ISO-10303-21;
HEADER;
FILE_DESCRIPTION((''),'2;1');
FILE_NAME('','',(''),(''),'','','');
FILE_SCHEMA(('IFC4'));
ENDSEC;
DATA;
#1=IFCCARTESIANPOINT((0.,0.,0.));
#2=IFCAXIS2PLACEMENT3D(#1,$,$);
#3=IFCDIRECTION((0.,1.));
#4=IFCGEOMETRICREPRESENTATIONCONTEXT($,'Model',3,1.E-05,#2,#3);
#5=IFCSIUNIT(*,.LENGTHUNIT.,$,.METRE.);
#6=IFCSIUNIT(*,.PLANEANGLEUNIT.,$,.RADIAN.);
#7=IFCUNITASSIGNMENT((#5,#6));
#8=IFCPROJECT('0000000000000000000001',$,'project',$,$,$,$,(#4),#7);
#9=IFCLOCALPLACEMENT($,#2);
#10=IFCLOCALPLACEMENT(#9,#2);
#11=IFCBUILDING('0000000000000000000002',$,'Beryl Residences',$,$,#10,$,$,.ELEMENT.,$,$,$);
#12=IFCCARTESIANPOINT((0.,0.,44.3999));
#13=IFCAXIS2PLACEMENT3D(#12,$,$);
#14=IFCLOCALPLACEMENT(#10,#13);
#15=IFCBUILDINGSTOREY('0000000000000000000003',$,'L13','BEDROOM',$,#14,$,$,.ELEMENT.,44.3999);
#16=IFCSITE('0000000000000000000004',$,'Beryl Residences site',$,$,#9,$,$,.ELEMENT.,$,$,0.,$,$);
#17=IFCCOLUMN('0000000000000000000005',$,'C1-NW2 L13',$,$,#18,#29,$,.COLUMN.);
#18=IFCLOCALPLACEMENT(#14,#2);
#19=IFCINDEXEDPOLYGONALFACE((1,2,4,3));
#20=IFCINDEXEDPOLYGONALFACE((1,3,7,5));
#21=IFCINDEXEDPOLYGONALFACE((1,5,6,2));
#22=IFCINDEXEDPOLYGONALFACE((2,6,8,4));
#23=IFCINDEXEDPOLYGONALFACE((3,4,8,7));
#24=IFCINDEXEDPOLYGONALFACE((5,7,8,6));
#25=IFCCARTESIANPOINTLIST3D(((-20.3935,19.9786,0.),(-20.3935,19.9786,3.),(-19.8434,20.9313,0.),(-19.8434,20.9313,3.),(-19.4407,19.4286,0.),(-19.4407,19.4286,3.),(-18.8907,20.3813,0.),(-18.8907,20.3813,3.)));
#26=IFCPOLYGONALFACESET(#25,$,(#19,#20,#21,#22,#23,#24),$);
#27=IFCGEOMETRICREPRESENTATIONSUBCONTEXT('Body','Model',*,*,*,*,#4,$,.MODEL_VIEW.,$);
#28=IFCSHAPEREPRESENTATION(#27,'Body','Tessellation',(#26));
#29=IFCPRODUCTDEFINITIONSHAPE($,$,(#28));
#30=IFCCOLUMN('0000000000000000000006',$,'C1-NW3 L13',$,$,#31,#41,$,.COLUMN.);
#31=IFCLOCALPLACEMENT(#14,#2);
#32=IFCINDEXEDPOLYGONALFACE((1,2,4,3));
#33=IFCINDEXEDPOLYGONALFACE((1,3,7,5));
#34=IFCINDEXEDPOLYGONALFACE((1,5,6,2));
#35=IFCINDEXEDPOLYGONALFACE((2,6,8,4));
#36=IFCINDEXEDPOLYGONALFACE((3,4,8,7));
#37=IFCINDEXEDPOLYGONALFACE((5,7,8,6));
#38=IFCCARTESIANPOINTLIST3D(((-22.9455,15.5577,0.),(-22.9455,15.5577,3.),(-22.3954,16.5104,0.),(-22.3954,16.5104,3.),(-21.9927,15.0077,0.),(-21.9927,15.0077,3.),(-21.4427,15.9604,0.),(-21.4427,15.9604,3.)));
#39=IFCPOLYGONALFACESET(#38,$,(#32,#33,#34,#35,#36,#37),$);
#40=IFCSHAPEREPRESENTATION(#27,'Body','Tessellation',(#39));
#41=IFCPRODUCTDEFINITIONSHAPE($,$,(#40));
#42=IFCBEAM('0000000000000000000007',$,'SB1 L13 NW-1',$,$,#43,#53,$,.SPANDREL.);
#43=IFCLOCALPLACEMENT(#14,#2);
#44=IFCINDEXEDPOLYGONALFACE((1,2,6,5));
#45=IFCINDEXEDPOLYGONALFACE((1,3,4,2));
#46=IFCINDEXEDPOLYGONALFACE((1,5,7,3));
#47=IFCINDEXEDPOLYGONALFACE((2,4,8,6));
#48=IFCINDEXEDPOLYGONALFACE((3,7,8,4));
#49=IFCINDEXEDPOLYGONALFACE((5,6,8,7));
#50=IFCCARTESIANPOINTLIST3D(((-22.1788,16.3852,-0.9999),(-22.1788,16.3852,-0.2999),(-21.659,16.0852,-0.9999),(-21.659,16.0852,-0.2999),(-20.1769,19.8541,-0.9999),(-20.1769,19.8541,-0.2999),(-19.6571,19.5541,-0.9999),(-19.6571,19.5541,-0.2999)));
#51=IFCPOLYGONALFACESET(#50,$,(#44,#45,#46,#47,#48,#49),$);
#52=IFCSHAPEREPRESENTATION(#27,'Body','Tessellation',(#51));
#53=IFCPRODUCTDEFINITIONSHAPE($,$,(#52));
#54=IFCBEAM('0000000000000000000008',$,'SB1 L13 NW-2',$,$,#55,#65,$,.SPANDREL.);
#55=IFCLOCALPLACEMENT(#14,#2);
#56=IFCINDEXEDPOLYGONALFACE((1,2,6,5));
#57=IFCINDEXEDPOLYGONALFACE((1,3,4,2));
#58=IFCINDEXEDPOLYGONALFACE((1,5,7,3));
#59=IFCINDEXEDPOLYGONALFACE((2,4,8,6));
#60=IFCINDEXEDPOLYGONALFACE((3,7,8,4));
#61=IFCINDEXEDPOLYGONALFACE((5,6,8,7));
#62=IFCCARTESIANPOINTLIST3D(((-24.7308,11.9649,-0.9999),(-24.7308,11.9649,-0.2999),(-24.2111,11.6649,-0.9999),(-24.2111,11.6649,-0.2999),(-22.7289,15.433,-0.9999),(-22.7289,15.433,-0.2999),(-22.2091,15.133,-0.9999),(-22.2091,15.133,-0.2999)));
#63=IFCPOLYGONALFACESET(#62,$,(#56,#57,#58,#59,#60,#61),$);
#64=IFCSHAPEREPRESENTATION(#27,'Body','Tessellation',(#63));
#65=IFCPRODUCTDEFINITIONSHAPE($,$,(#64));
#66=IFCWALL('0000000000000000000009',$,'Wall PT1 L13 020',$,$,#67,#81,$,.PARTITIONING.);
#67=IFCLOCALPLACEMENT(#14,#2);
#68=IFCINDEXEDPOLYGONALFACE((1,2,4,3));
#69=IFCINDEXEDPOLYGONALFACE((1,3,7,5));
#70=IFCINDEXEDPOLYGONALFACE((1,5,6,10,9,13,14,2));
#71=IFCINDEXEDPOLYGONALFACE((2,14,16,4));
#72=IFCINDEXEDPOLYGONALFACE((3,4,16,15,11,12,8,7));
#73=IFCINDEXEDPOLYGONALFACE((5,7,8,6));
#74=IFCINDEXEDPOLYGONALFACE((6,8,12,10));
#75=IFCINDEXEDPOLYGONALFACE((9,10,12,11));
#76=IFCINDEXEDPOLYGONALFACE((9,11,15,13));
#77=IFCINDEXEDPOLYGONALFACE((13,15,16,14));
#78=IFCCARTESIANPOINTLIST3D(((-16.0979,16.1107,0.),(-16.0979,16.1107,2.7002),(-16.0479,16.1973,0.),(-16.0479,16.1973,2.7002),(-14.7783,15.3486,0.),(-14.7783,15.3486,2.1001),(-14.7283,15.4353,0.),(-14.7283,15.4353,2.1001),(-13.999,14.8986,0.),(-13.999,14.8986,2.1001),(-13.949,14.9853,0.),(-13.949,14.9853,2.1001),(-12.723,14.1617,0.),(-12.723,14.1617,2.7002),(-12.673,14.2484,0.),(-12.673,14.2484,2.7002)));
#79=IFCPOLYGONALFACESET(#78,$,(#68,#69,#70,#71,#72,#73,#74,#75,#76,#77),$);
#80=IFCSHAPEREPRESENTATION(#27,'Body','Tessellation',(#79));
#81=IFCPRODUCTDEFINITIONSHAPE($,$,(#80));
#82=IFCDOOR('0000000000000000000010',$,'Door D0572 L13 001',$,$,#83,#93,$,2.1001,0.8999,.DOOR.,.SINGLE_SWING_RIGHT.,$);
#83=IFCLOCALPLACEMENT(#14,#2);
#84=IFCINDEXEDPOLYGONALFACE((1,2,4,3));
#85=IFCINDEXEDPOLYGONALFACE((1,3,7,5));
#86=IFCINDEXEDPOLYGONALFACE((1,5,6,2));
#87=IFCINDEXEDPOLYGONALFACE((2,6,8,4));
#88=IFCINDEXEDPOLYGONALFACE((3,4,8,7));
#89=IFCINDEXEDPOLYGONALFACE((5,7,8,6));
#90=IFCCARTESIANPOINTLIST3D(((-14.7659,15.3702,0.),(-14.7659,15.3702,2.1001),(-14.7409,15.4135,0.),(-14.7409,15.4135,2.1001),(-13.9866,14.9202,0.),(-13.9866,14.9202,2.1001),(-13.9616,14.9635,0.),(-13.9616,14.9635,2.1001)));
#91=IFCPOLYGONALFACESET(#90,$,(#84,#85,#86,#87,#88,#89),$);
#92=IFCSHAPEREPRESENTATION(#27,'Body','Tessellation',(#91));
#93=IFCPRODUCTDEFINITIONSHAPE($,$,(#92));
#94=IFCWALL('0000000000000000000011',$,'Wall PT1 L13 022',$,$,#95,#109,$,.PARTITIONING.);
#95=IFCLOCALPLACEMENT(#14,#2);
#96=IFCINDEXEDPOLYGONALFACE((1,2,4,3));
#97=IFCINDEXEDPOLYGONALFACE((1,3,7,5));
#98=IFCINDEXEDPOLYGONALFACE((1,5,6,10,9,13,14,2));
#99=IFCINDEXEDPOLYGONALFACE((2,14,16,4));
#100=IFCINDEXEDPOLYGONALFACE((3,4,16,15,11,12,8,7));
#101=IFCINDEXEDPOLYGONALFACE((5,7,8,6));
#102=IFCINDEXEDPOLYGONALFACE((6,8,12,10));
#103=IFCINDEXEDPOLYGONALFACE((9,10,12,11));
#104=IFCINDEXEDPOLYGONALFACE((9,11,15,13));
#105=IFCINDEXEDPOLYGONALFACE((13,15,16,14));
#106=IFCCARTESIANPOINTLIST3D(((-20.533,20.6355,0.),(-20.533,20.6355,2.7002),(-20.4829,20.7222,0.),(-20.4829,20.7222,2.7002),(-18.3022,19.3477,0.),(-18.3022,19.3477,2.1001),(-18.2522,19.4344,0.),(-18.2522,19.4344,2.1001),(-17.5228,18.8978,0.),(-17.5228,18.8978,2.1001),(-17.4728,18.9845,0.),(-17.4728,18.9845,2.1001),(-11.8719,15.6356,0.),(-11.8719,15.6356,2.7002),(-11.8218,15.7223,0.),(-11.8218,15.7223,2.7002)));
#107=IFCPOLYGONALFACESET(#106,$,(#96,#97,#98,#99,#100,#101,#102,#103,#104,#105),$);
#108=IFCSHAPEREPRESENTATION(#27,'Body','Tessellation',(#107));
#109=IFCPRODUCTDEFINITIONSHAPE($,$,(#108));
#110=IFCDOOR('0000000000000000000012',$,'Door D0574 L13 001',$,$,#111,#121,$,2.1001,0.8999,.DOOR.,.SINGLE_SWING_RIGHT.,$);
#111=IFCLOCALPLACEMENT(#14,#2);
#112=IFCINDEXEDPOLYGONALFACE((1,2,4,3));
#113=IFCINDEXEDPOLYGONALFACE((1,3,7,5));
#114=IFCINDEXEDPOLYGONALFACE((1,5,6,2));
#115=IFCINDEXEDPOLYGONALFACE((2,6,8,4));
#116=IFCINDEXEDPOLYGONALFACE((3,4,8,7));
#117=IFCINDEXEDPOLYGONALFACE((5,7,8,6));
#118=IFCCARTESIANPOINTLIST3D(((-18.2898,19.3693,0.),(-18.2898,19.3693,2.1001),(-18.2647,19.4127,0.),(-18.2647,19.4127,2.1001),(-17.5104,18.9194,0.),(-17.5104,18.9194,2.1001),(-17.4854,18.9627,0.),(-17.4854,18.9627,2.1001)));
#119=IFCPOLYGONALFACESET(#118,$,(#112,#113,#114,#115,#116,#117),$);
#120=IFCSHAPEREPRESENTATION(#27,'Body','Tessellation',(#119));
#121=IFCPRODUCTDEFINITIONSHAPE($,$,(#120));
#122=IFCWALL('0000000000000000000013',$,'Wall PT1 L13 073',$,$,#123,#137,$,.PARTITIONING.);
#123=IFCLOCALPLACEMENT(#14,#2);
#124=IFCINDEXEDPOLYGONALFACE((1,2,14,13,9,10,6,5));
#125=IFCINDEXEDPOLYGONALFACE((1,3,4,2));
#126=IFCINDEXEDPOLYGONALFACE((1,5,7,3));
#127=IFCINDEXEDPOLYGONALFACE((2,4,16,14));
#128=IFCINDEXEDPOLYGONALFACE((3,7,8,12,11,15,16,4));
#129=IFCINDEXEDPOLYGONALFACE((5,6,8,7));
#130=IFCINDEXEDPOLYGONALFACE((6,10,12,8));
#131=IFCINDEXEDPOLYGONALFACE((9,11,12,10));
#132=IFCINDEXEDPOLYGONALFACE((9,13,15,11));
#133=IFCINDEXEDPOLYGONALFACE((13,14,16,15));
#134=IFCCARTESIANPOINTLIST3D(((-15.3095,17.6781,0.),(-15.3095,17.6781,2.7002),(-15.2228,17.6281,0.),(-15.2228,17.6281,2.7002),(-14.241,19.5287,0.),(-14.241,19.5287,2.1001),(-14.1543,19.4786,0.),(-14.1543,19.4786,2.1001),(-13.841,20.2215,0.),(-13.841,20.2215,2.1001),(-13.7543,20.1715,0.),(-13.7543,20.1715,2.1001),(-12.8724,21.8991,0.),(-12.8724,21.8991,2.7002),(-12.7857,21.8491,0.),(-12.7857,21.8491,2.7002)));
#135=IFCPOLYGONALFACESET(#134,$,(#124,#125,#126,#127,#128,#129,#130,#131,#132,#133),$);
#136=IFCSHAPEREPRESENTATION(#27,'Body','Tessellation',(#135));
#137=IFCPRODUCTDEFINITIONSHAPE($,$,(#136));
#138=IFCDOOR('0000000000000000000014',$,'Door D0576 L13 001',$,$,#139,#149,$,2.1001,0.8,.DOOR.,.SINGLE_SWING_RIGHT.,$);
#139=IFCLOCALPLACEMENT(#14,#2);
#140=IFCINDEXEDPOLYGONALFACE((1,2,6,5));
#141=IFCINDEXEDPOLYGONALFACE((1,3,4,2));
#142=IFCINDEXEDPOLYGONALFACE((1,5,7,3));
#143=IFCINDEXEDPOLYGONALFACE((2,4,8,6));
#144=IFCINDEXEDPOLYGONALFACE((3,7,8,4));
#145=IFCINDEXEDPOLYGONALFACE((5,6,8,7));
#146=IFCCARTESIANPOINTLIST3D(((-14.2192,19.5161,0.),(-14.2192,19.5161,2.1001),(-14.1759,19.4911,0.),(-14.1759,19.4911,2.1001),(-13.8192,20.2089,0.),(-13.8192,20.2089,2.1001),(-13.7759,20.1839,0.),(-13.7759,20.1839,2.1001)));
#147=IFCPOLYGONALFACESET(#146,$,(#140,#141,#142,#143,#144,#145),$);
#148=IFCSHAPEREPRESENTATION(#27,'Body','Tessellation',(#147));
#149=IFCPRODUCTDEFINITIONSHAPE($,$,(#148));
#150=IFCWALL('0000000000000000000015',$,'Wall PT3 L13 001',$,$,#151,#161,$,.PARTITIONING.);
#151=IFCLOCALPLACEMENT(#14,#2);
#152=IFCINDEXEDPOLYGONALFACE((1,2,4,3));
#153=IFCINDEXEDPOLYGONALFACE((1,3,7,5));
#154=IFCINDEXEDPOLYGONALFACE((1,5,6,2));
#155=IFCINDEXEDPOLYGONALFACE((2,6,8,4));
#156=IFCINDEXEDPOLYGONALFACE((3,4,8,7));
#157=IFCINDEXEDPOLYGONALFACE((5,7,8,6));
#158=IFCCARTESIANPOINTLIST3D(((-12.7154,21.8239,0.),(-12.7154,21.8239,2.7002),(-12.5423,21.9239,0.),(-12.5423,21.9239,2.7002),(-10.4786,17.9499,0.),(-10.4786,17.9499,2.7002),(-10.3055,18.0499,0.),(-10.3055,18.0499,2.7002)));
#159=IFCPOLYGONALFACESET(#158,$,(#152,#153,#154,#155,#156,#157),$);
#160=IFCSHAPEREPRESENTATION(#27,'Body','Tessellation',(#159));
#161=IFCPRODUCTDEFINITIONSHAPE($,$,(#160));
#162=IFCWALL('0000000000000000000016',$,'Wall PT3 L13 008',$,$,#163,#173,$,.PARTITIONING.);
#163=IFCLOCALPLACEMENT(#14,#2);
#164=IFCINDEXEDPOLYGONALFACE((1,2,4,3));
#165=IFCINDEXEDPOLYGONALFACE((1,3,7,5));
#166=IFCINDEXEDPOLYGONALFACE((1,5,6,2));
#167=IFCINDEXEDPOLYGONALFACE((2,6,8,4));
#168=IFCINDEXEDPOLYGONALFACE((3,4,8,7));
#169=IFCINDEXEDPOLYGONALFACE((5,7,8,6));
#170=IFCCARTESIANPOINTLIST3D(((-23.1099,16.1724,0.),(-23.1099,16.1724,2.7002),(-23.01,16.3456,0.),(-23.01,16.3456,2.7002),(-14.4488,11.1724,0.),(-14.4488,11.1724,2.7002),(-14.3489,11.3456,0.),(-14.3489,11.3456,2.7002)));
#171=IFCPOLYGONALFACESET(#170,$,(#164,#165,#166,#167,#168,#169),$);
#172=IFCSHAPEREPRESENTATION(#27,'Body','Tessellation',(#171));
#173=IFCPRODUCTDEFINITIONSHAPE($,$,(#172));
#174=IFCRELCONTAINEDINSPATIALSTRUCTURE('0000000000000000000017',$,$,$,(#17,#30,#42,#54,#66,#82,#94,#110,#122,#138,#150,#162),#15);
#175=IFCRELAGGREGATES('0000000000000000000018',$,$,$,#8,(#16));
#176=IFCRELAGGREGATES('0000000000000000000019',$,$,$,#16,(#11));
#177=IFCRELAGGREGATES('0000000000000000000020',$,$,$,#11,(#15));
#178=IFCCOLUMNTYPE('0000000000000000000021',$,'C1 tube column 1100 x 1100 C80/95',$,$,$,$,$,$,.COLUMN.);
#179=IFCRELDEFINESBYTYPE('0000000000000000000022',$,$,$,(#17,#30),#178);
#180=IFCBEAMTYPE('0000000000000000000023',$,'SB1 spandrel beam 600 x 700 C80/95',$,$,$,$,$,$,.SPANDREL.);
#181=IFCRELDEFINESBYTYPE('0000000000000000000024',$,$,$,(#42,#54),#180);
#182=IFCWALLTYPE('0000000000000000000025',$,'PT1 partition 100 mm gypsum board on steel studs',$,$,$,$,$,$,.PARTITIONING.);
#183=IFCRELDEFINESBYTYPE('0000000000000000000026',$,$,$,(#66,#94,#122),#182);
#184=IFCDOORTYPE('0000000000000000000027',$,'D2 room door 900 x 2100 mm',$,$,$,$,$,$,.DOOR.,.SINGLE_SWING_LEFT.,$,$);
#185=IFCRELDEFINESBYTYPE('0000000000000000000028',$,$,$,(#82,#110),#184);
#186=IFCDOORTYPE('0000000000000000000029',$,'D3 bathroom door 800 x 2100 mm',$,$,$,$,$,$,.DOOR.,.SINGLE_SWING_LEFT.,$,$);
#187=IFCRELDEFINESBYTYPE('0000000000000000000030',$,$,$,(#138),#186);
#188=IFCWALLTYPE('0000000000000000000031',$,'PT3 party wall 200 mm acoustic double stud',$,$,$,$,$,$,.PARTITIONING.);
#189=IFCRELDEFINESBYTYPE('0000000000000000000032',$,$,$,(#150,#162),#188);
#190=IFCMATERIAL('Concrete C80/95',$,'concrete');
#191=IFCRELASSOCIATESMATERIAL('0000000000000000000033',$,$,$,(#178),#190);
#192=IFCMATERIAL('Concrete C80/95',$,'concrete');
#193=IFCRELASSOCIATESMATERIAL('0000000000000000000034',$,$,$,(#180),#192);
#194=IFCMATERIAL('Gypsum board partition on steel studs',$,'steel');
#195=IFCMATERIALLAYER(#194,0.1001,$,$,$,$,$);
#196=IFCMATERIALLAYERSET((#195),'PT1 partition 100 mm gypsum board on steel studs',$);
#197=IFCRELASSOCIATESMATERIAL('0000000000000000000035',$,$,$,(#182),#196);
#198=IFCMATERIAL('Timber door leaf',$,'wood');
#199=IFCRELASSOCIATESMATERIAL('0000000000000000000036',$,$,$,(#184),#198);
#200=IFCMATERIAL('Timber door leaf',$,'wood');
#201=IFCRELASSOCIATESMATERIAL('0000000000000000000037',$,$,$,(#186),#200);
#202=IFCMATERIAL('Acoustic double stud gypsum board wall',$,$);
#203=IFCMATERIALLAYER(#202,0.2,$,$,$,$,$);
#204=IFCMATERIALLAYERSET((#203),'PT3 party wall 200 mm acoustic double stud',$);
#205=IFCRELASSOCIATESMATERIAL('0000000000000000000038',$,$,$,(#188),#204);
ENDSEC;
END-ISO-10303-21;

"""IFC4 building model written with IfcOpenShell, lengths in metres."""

from ifc_helpers import new_model, si_unit, direction, frame, frame_2d, origin, origin_2d, place, context, subcontext, project, spatial, rectangle, extrude, material, layer, layer_set, material_profile, profile_set, type_object, element, fill, save


model = new_model("IFC4")

# Units and contexts
model_context = context("Model", 3, precision=1e-05, world=origin(), true_north=direction((0.0, 1.0)))
body_context = subcontext(model_context, "Body", "Model", "MODEL_VIEW")
ifc_project = project(units=[si_unit("LENGTHUNIT", "METRE"), si_unit("PLANEANGLEUNIT", "RADIAN")], contexts=[model_context])

# Site, building, storey
site_placement = place(None, origin())
site = spatial("IfcSite", under=ifc_project, at=site_placement, Name="Beryl Residences site", CompositionType="ELEMENT", RefElevation=0.0)
building_placement = place(site_placement, origin())
building = spatial("IfcBuilding", under=site, at=building_placement, Name="Beryl Residences", CompositionType="ELEMENT")
storey_placement = place(building_placement, frame((0.0, 0.0, 44.3999)))
storey = spatial("IfcBuildingStorey", under=building, at=storey_placement, Name="L13", Description="BEDROOM", CompositionType="ELEMENT", Elevation=44.3999)

# Columns
ifc_material_1 = material(Name="Concrete C80/95", Category="concrete")
ifc_material_profile_1 = material_profile(ifc_material_1, rectangle(XDim=1.1001, YDim=1.1001, at=origin_2d()))
ifc_profile_set_1 = profile_set([ifc_material_profile_1], Name="Concrete C80/95")
column_type = type_object("IfcColumnType", Name="C1 tube column 1100 x 1100 C80/95", PredefinedType="COLUMN", material=ifc_profile_set_1)
for number, where, z_axis, x_axis, name in (
    (1, (-19.6421, 20.1799, 0.0), (0.0, 0.0, 1.0), (-0.499985, -0.866034, 0.0), "C1-NW2 L13"),
    (2, (-22.1941, 15.759, 0.0), (0.0, 0.0, 1.0), (-0.499985, -0.866034, 0.0), "C1-NW3 L13"),
):
    element("IfcColumn", number, at=place(storey_placement, frame(where, z_axis=z_axis, x_axis=x_axis)), inside=storey, type_object=column_type, Name=name, PredefinedType="COLUMN", context=body_context, shape_type="SweptSolid", body=[
        extrude(rectangle(XDim=1.1001, YDim=1.1001, at=origin_2d()), origin(), (0.0, 0.0, 1.0), 3.0),
    ])

# Beams
ifc_material_2 = material(Name="Concrete C80/95", Category="concrete")
ifc_material_profile_2 = material_profile(ifc_material_2, rectangle(XDim=0.6001, YDim=0.7, at=origin_2d()))
ifc_profile_set_2 = profile_set([ifc_material_profile_2], Name="Concrete C80/95")
beam_type = type_object("IfcBeamType", Name="SB1 spandrel beam 600 x 700 C80/95", PredefinedType="SPANDREL", material=ifc_profile_set_2)
beam_1_placement = place(storey_placement, frame((-19.917, 19.7041, -0.6499), z_axis=(-0.499837, -0.86612, 0.0), x_axis=(0.86612, -0.499837, 0.0)))
element("IfcBeam", 3, at=beam_1_placement, inside=storey, type_object=beam_type, Name="SB1 L13 NW-1", PredefinedType="SPANDREL", context=body_context, shape_type="SweptSolid", body=[
    extrude(rectangle(XDim=0.6001, YDim=0.7, at=origin_2d()), origin(), (0.0, 0.0, 1.0), 4.0051),
])
beam_2_placement = place(storey_placement, frame((-22.469, 15.283, -0.6499), z_axis=(-0.499942, -0.866059, 0.0), x_axis=(0.866059, -0.499942, 0.0)))
element("IfcBeam", 4, at=beam_2_placement, inside=storey, type_object=beam_type, Name="SB1 L13 NW-2", PredefinedType="SPANDREL", context=body_context, shape_type="SweptSolid", body=[
    extrude(rectangle(XDim=0.6001, YDim=0.7, at=origin_2d()), origin(), (0.0, 0.0, 1.0), 4.0044),
])

# Walls, openings, doors
ifc_material_3 = material(Name="Gypsum board partition on steel studs", Category="steel")
ifc_layer_1 = layer(ifc_material_3, 0.1001)
ifc_layer_set_1 = layer_set([ifc_layer_1], Name="PT1 partition 100 mm gypsum board on steel studs")
wall_type_1 = type_object("IfcWallType", Name="PT1 partition 100 mm gypsum board on steel studs", PredefinedType="PARTITIONING", material=ifc_layer_set_1)
wall_1_placement = place(storey_placement, frame((-16.073, 16.1541, 0.0), z_axis=(0.0, 0.0, 1.0), x_axis=(0.865979, -0.50008, 0.0)))
wall_1 = element("IfcWall", 5, at=wall_1_placement, inside=storey, type_object=wall_type_1, Name="Wall PT1 L13 020", PredefinedType="PARTITIONING", context=body_context, shape_type="SweptSolid", body=[
    extrude(rectangle(XDim=3.8972, YDim=0.1001, at=frame_2d((1.9487, 0.0))), origin(), (0.0, 0.0, 1.0), 2.7002),
])
opening_1_placement = place(wall_1_placement, frame((1.5239, 0.0, 0.0)))
opening_1 = element("IfcOpeningElement", 6, at=opening_1_placement, cuts=wall_1, PredefinedType="OPENING", context=body_context, shape_type="SweptSolid", body=[
    extrude(rectangle(XDim=0.8999, YDim=2.1001, at=frame_2d((0.45, 1.05))), frame((0.0, 0.0601, 0.0), z_axis=(0.0, -1.0, 0.0), x_axis=(1.0, 0.0, 0.0)), (0.0, 0.0, 1.0), 0.1201),
])
ifc_material_4 = material(Name="Timber door leaf", Category="wood")
door_type_1 = type_object("IfcDoorType", Name="D2 room door 900 x 2100 mm", OperationType="SINGLE_SWING_LEFT", PredefinedType="DOOR", material=ifc_material_4)
door_1_placement = place(opening_1_placement, origin())
door_1 = element("IfcDoor", 7, at=door_1_placement, inside=storey, type_object=door_type_1, Name="Door D0572 L13 001", OperationType="SINGLE_SWING_RIGHT", OverallHeight=2.1001, OverallWidth=0.8999, PredefinedType="DOOR", context=body_context, shape_type="SweptSolid", body=[
    extrude(rectangle(XDim=0.8999, YDim=2.1001, at=frame_2d((0.45, 1.05))), frame((0.0, 0.0249, 0.0), z_axis=(0.0, -1.0, 0.0), x_axis=(1.0, 0.0, 0.0)), (0.0, 0.0, 1.0), 0.05),
])
fill(opening_1, door_1)
wall_2_placement = place(storey_placement, frame((-20.5081, 20.679, 0.0), z_axis=(0.0, 0.0, 1.0), x_axis=(0.866047, -0.499962, 0.0)))
wall_2 = element("IfcWall", 8, at=wall_2_placement, inside=storey, type_object=wall_type_1, Name="Wall PT1 L13 022", PredefinedType="PARTITIONING", context=body_context, shape_type="SweptSolid", body=[
    extrude(rectangle(XDim=10.0007, YDim=0.1001, at=frame_2d((5.0005, 0.0))), origin(), (0.0, 0.0, 1.0), 2.7002),
])
opening_2_placement = place(wall_2_placement, frame((2.5759, 0.0, 0.0)))
opening_2 = element("IfcOpeningElement", 9, at=opening_2_placement, cuts=wall_2, PredefinedType="OPENING", context=body_context, shape_type="SweptSolid", body=[
    extrude(rectangle(XDim=0.8999, YDim=2.1001, at=frame_2d((0.45, 1.05))), frame((0.0, 0.0601, 0.0), z_axis=(0.0, -1.0, 0.0), x_axis=(1.0, 0.0, 0.0)), (0.0, 0.0, 1.0), 0.1201),
])
door_2_placement = place(opening_2_placement, origin())
door_2 = element("IfcDoor", 10, at=door_2_placement, inside=storey, type_object=door_type_1, Name="Door D0574 L13 001", OperationType="SINGLE_SWING_RIGHT", OverallHeight=2.1001, OverallWidth=0.8999, PredefinedType="DOOR", context=body_context, shape_type="SweptSolid", body=[
    extrude(rectangle(XDim=0.8999, YDim=2.1001, at=frame_2d((0.45, 1.05))), frame((0.0, 0.0249, 0.0), z_axis=(0.0, -1.0, 0.0), x_axis=(1.0, 0.0, 0.0)), (0.0, 0.0, 1.0), 0.05),
])
fill(opening_2, door_2)
wall_3_placement = place(storey_placement, frame((-15.2661, 17.6531, 0.0), z_axis=(0.0, 0.0, 1.0), x_axis=(0.500007, 0.866021, 0.0)))
wall_3 = element("IfcWall", 11, at=wall_3_placement, inside=storey, type_object=wall_type_1, Name="Wall PT1 L13 073", PredefinedType="PARTITIONING", context=body_context, shape_type="SweptSolid", body=[
    extrude(rectangle(XDim=4.874, YDim=0.1001, at=frame_2d((2.437, 0.0))), origin(), (0.0, 0.0, 1.0), 2.7002),
])
opening_3_placement = place(wall_3_placement, frame((2.137, 0.0, 0.0)))
opening_3 = element("IfcOpeningElement", 12, at=opening_3_placement, cuts=wall_3, PredefinedType="OPENING", context=body_context, shape_type="SweptSolid", body=[
    extrude(rectangle(XDim=0.8, YDim=2.1001, at=frame_2d((0.3999, 1.05))), frame((0.0, 0.0601, 0.0), z_axis=(0.0, -1.0, 0.0), x_axis=(1.0, 0.0, 0.0)), (0.0, 0.0, 1.0), 0.1201),
])
ifc_material_5 = material(Name="Timber door leaf", Category="wood")
door_type_2 = type_object("IfcDoorType", Name="D3 bathroom door 800 x 2100 mm", OperationType="SINGLE_SWING_LEFT", PredefinedType="DOOR", material=ifc_material_5)
door_3_placement = place(opening_3_placement, origin())
door_3 = element("IfcDoor", 13, at=door_3_placement, inside=storey, type_object=door_type_2, Name="Door D0576 L13 001", OperationType="SINGLE_SWING_RIGHT", OverallHeight=2.1001, OverallWidth=0.8, PredefinedType="DOOR", context=body_context, shape_type="SweptSolid", body=[
    extrude(rectangle(XDim=0.8, YDim=2.1001, at=frame_2d((0.3999, 1.05))), frame((0.0, 0.0249, 0.0), z_axis=(0.0, -1.0, 0.0), x_axis=(1.0, 0.0, 0.0)), (0.0, 0.0, 1.0), 0.05),
])
fill(opening_3, door_3)

# Walls
ifc_material_6 = material(Name="Acoustic double stud gypsum board wall")
ifc_layer_2 = layer(ifc_material_6, 0.2)
ifc_layer_set_2 = layer_set([ifc_layer_2], Name="PT3 party wall 200 mm acoustic double stud")
wall_type_2 = type_object("IfcWallType", Name="PT3 party wall 200 mm acoustic double stud", PredefinedType="PARTITIONING", material=ifc_layer_set_2)
wall_4_placement = place(storey_placement, frame((-12.6289, 21.874, 0.0), z_axis=(0.0, 0.0, 1.0), x_axis=(0.500025, -0.866011, 0.0)))
element("IfcWall", 14, at=wall_4_placement, inside=storey, type_object=wall_type_2, Name="Wall PT3 L13 001", PredefinedType="PARTITIONING", context=body_context, shape_type="SweptSolid", body=[
    extrude(rectangle(XDim=4.4734, YDim=0.2, at=frame_2d((2.2368, 0.0))), origin(), (0.0, 0.0, 1.0), 2.7002),
])
wall_5_placement = place(storey_placement, frame((-23.0601, 16.259, 0.0), z_axis=(0.0, 0.0, 1.0), x_axis=(0.866047, -0.499962, 0.0)))
element("IfcWall", 15, at=wall_5_placement, inside=storey, type_object=wall_type_2, Name="Wall PT3 L13 008", PredefinedType="PARTITIONING", context=body_context, shape_type="SweptSolid", body=[
    extrude(rectangle(XDim=10.0007, YDim=0.2, at=frame_2d((5.0005, 0.0))), origin(), (0.0, 0.0, 1.0), 2.7002),
])

save(model, "model.ifc")
